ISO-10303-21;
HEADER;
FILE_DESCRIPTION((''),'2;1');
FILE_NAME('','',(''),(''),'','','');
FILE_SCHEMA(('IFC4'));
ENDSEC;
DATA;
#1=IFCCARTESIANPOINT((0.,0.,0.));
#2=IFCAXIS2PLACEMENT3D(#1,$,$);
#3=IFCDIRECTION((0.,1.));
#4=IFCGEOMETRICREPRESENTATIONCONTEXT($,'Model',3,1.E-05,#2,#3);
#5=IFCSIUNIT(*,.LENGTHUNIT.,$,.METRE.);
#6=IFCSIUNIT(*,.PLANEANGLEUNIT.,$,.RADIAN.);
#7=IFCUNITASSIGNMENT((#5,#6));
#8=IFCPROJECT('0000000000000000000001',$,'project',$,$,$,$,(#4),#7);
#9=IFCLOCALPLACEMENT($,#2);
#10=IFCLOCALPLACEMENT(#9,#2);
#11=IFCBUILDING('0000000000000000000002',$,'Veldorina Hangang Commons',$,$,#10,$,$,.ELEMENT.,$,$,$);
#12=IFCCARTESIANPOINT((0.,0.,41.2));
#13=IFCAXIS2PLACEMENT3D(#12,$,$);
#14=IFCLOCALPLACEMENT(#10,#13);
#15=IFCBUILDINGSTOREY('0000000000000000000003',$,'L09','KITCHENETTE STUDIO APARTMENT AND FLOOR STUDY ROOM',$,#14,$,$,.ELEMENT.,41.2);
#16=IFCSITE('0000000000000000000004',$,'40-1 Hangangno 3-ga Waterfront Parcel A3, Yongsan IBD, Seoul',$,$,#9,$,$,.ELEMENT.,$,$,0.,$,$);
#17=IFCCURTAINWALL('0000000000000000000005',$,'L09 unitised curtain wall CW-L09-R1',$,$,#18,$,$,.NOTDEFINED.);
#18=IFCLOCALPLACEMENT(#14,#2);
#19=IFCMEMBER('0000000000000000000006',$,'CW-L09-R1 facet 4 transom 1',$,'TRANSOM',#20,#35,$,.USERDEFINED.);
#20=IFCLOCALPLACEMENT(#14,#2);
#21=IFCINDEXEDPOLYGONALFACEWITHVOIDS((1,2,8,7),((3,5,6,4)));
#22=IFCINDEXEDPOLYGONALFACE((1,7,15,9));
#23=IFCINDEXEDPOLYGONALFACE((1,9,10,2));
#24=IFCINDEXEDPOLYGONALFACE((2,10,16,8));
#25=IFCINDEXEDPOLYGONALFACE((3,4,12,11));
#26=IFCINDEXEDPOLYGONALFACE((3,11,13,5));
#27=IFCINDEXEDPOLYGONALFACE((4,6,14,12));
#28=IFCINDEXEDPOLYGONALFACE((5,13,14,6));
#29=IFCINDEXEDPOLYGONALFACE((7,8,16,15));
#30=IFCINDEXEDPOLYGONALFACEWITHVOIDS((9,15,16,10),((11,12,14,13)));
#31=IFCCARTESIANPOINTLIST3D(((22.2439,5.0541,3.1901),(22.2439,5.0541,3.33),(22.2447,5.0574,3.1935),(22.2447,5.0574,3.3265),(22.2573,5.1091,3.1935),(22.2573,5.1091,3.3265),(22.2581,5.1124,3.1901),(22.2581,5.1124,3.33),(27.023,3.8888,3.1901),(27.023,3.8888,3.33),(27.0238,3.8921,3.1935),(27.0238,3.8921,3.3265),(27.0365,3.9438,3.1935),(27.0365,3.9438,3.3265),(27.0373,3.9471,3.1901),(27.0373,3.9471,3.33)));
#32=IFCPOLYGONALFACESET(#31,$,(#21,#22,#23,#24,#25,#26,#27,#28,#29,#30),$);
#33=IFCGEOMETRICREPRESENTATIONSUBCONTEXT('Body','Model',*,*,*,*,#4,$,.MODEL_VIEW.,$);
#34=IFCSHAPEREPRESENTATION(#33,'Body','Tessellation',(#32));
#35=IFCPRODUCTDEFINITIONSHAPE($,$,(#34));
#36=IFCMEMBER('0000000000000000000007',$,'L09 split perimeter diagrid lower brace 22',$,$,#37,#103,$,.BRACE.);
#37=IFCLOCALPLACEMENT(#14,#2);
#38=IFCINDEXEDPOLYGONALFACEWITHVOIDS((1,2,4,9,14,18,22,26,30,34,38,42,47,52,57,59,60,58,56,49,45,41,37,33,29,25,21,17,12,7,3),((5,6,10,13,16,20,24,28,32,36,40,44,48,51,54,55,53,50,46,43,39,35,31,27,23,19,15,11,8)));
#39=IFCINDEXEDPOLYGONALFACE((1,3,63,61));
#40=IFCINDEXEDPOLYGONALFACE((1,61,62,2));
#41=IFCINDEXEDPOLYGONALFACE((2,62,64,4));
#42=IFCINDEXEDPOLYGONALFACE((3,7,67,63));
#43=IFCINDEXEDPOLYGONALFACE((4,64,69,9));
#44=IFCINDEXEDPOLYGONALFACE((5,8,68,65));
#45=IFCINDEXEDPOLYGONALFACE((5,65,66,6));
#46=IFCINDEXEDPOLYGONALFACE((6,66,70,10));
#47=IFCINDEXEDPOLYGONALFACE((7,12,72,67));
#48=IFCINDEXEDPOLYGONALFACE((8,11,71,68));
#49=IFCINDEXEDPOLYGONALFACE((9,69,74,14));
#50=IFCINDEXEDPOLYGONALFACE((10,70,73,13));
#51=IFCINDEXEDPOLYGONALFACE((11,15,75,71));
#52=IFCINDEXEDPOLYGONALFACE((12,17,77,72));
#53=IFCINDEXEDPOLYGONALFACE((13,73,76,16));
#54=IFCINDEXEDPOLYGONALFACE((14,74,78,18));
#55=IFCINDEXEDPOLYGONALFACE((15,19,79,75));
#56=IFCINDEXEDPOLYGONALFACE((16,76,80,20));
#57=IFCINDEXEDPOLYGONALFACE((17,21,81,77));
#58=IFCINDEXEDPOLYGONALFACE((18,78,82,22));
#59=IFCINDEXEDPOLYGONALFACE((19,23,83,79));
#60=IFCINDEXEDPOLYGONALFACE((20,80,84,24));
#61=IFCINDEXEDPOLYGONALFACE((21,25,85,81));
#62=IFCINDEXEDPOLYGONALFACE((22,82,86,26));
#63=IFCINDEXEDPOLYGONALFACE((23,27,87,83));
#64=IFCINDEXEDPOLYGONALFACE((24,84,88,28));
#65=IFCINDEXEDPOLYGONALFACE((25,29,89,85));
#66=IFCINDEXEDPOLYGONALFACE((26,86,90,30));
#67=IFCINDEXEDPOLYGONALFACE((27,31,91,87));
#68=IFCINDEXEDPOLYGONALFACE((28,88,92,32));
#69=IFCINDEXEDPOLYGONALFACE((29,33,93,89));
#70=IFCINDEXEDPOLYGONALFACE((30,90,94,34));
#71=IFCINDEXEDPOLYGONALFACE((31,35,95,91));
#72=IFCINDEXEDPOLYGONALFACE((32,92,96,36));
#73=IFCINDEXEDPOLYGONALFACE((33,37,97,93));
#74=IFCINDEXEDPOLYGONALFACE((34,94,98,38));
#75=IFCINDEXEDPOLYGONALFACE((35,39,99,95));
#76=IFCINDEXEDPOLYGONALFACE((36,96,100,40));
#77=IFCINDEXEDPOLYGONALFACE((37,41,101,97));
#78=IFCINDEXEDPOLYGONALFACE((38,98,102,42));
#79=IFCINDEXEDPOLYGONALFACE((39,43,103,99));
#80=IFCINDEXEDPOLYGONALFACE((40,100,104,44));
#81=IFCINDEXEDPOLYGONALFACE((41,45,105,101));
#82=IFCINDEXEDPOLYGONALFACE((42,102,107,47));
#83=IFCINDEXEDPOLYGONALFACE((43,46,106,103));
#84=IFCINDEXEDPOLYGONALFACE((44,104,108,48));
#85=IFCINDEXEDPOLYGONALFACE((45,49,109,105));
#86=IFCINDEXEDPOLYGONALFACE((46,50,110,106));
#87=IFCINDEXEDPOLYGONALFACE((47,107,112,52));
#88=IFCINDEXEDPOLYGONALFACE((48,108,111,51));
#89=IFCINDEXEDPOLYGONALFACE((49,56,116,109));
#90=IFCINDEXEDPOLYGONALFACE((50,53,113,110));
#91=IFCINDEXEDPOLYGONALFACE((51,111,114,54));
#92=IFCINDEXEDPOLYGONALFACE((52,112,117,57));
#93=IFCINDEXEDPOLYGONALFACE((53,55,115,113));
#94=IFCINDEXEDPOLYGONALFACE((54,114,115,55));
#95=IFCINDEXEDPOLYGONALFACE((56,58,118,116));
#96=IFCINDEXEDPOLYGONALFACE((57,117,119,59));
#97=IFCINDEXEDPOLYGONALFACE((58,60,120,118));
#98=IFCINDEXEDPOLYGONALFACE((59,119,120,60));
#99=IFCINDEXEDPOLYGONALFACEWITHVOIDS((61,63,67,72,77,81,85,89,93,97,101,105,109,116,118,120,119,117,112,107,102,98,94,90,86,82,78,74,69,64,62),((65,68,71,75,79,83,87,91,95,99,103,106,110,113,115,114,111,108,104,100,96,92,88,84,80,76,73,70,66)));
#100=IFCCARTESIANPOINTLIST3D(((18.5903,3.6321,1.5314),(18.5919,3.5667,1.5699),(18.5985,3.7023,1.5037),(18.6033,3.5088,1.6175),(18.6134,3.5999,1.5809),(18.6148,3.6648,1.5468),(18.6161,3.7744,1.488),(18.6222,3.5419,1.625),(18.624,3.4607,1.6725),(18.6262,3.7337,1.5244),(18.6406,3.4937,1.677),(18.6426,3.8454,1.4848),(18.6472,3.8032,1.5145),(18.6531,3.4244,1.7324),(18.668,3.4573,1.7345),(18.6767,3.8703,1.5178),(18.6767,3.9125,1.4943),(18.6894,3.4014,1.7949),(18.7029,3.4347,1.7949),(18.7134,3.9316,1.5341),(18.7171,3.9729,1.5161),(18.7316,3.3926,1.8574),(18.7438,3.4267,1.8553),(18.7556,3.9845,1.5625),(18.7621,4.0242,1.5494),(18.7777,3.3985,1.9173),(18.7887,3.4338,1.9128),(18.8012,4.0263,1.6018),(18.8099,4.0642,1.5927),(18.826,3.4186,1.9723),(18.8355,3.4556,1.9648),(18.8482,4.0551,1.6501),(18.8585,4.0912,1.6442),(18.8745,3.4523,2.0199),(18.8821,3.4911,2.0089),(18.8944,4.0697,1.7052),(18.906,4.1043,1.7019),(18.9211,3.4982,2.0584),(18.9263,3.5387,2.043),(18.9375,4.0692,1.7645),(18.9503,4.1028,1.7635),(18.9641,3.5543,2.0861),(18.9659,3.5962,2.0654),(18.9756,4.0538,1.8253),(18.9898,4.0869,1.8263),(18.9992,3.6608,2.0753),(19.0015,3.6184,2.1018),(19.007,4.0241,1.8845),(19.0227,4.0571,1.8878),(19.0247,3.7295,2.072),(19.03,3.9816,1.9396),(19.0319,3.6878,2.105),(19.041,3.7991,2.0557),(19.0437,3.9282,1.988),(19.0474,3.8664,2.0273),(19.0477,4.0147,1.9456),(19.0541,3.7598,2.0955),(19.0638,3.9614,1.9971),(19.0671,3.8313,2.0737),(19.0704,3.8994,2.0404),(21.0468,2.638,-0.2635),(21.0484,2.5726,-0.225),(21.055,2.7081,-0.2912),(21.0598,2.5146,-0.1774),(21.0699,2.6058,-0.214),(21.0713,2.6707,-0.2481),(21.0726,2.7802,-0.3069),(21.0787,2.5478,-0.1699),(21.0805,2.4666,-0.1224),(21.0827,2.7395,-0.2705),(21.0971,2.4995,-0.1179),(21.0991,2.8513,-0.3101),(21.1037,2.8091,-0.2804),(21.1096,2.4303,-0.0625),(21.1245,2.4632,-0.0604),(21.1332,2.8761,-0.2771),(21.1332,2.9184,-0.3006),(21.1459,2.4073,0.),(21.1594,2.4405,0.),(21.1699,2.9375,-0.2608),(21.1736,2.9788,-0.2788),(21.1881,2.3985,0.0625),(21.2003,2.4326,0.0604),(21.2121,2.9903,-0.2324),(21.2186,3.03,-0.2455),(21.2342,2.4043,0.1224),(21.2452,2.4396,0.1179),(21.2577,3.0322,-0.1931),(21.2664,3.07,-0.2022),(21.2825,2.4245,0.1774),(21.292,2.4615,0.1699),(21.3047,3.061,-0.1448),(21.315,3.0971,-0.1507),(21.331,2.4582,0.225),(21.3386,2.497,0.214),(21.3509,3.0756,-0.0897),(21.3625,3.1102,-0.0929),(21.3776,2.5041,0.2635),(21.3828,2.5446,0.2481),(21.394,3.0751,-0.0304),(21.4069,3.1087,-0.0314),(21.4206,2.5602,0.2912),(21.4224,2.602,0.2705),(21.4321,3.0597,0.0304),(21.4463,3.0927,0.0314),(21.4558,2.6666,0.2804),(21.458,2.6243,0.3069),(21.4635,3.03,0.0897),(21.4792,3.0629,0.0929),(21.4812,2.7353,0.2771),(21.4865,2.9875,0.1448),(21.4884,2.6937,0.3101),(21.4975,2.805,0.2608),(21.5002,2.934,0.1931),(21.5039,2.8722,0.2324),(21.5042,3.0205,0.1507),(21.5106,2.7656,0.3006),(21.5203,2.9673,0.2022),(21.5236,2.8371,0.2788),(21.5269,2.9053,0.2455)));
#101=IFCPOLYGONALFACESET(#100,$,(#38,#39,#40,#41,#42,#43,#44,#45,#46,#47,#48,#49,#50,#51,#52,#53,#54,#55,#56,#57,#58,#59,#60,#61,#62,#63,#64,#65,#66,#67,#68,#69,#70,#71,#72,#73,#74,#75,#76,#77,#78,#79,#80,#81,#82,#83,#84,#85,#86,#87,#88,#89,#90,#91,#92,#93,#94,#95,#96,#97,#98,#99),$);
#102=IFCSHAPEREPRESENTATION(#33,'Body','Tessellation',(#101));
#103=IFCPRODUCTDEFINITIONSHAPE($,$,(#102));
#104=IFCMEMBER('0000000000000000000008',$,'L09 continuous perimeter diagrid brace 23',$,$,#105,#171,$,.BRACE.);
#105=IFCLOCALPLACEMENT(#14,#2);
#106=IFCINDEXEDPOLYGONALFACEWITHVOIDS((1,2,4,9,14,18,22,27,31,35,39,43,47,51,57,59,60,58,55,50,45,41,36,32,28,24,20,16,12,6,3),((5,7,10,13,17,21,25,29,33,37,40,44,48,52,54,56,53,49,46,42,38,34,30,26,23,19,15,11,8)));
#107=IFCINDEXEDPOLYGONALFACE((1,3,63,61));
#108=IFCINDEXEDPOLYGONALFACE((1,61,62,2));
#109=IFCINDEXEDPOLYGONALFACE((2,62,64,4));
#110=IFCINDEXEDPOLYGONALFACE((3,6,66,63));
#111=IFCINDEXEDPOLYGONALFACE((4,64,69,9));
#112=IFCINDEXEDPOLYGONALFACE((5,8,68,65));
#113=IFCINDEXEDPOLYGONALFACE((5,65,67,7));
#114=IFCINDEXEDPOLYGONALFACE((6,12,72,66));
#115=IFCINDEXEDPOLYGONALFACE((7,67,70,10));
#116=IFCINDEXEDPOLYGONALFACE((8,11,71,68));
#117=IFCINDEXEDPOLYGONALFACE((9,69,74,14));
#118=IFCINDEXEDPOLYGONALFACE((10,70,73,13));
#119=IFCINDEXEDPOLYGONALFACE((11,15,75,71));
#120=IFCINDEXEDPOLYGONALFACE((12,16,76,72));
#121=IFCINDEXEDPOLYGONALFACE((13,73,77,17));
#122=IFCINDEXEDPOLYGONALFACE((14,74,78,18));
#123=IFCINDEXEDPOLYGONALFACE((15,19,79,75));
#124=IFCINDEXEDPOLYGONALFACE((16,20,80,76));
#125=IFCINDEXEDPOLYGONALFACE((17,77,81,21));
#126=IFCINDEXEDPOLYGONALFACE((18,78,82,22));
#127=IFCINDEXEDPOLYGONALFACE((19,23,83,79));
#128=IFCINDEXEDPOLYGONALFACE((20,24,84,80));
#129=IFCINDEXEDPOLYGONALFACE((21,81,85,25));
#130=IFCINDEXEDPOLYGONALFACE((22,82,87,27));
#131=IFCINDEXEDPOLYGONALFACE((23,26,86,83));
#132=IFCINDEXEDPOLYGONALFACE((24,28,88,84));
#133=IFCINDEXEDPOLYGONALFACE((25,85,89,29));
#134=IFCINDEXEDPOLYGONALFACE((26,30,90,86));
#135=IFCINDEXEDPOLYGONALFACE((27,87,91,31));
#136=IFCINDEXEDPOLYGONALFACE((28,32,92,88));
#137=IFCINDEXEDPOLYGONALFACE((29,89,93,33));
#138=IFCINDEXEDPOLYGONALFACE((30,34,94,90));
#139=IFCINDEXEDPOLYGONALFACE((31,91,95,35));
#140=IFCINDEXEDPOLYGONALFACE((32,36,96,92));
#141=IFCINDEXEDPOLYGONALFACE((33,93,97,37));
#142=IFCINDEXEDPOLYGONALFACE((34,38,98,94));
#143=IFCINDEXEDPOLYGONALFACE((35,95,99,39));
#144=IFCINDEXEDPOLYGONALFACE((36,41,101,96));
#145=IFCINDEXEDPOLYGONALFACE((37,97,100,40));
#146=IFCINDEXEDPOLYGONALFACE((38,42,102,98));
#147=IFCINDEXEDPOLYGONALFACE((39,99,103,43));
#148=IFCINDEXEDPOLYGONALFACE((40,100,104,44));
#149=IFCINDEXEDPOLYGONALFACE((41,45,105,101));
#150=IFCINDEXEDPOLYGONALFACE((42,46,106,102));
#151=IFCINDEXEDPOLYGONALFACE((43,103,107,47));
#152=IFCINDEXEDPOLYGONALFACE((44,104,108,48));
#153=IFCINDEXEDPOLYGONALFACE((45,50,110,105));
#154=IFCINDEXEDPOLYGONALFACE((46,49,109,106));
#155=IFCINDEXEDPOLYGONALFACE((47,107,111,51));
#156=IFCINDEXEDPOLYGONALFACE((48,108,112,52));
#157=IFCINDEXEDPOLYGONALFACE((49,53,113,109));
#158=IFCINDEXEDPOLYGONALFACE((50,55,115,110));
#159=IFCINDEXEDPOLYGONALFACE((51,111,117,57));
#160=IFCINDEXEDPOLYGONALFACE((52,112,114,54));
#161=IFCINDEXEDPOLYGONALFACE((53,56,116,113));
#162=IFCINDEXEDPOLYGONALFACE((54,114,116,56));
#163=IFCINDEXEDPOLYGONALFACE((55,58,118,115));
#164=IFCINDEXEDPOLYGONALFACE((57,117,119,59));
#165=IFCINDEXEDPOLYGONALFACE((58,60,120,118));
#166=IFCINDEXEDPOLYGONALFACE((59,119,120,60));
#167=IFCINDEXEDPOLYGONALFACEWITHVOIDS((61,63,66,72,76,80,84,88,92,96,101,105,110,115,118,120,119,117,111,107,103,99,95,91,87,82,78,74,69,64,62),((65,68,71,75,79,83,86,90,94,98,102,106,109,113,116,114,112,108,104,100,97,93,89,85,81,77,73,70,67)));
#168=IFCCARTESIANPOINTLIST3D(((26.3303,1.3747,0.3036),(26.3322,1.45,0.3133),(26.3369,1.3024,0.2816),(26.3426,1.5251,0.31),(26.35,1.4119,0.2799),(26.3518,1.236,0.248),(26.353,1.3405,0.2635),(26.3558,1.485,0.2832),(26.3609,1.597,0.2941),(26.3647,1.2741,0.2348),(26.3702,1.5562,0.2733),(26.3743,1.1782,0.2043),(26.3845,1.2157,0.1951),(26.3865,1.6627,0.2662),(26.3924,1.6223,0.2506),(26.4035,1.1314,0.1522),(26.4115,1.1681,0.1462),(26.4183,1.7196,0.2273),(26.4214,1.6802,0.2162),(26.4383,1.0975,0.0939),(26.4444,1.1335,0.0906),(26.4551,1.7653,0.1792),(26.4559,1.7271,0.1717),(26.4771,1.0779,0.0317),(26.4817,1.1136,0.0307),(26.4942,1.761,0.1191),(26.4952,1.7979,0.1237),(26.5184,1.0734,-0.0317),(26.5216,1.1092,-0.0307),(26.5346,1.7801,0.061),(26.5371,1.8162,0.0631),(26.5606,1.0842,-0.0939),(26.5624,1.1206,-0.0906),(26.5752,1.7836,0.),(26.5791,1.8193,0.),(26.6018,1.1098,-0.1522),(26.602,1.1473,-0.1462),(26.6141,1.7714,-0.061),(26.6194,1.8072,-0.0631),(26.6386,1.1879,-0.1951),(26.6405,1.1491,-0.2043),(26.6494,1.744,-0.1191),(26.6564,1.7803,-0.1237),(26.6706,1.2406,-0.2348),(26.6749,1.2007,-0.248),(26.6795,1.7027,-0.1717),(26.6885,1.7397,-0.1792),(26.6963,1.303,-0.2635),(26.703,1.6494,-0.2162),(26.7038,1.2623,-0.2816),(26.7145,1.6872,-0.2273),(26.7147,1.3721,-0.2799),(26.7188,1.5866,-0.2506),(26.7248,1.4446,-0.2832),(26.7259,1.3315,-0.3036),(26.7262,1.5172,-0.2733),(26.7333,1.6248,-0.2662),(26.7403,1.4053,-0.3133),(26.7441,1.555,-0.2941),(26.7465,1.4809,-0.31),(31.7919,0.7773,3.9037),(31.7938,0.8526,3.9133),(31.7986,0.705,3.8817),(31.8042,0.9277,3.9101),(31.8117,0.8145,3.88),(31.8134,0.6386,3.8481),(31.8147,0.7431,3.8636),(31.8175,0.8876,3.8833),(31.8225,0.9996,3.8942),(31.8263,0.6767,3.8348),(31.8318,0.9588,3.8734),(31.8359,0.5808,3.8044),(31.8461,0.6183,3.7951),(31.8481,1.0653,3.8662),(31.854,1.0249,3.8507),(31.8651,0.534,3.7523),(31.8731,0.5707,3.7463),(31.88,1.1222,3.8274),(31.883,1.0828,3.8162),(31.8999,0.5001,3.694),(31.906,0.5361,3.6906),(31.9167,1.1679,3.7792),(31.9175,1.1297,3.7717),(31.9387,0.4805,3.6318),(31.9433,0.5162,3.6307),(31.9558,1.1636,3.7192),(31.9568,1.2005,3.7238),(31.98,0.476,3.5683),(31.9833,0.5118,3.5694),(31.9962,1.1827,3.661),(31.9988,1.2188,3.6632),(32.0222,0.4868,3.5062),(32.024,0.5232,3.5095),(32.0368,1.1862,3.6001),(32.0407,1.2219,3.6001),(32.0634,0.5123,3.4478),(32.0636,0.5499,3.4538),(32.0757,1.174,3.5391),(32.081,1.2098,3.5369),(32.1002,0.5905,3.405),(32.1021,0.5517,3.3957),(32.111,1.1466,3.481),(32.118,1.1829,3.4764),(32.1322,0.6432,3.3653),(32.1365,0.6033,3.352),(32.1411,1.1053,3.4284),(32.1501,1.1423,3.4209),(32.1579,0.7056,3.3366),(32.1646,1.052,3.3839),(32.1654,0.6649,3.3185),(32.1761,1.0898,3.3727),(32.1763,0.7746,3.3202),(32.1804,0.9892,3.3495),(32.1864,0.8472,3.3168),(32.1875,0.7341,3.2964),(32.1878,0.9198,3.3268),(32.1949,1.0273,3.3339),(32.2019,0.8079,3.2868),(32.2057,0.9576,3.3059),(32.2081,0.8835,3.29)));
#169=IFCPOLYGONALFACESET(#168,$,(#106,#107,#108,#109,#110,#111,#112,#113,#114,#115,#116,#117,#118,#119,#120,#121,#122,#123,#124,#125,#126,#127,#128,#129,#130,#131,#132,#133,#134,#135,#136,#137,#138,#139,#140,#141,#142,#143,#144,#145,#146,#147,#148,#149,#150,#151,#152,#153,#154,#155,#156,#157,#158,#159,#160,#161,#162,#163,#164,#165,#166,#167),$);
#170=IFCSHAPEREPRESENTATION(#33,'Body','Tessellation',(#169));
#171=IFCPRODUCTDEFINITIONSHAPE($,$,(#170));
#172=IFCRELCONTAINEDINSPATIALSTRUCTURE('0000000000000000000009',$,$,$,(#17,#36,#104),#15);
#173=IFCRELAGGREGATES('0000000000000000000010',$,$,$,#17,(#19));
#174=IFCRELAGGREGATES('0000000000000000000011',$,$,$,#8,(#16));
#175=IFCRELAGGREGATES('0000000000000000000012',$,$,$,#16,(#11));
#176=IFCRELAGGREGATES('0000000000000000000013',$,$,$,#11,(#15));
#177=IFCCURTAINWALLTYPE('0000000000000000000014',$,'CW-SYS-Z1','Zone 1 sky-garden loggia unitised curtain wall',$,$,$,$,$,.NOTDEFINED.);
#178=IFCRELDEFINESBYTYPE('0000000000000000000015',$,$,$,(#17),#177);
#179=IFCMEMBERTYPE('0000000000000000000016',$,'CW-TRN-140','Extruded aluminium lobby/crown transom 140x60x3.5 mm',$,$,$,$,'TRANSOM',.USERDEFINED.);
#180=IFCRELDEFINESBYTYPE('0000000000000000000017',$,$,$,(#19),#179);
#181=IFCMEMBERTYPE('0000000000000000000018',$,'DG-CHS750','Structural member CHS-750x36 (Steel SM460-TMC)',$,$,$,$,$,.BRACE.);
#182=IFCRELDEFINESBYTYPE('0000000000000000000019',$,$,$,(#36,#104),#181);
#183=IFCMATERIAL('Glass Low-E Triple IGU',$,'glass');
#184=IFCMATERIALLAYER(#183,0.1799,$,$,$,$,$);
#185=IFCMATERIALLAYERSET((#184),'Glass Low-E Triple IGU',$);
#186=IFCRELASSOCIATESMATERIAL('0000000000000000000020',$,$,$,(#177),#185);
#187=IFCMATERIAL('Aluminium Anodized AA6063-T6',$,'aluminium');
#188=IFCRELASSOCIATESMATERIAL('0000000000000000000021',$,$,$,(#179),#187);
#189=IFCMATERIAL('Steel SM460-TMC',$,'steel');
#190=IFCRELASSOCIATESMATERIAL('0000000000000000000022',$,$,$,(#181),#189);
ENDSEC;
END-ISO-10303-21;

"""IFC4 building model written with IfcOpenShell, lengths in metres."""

from ifc_helpers import new_model, si_unit, direction, frame, origin, origin_2d, place, context, subcontext, project, spatial, hollow_rectangle, hollow_circle, extrude, material, layer, layer_set, material_profile, profile_set, type_object, element, aggregate, save


model = new_model("IFC4")

# Units and contexts
model_context = context("Model", 3, precision=1e-05, world=origin(), true_north=direction((0.0, 1.0)))
body_context = subcontext(model_context, "Body", "Model", "MODEL_VIEW")
ifc_project = project(units=[si_unit("LENGTHUNIT", "METRE"), si_unit("PLANEANGLEUNIT", "RADIAN")], contexts=[model_context])

# Site, building, storey
site_placement = place(None, origin())
site = spatial("IfcSite", under=ifc_project, at=site_placement, Name="40-1 Hangangno 3-ga Waterfront Parcel A3, Yongsan IBD, Seoul", CompositionType="ELEMENT", RefElevation=0.0)
building_placement = place(site_placement, origin())
building = spatial("IfcBuilding", under=site, at=building_placement, Name="Veldorina Hangang Commons", CompositionType="ELEMENT")
storey_placement = place(building_placement, frame((0.0, 0.0, 41.2)))
storey = spatial("IfcBuildingStorey", under=building, at=storey_placement, Name="L09", Description="KITCHENETTE STUDIO APARTMENT AND FLOOR STUDY ROOM", CompositionType="ELEMENT", Elevation=41.2)

# Shared definitions
ifc_material_1 = material(Name="Steel SM460-TMC", Category="steel")

# Curtain wall, member
ifc_material_2 = material(Name="Glass Low-E Triple IGU", Category="glass")
ifc_layer_1 = layer(ifc_material_2, 0.1799)
ifc_layer_set_1 = layer_set([ifc_layer_1], Name="Glass Low-E Triple IGU")
curtain_wall_type = type_object("IfcCurtainWallType", Name="CW-SYS-Z1", Description="Zone 1 sky-garden loggia unitised curtain wall", PredefinedType="NOTDEFINED", material=ifc_layer_set_1)
curtain_wall_placement = place(storey_placement, origin())
curtain_wall = element("IfcCurtainWall", 1, at=curtain_wall_placement, inside=storey, type_object=curtain_wall_type, Name="L09 unitised curtain wall CW-L09-R1", PredefinedType="NOTDEFINED")
ifc_material_3 = material(Name="Aluminium Anodized AA6063-T6", Category="aluminium")
ifc_material_profile_1 = material_profile(ifc_material_3, hollow_rectangle(XDim=0.0601, YDim=0.1399, WallThickness=0.0034, at=origin_2d()), Name="ALU-RHS-140x60x3.5")
ifc_profile_set_1 = profile_set([ifc_material_profile_1], Name="Aluminium Anodized AA6063-T6")
member_type_1 = type_object("IfcMemberType", Name="CW-TRN-140", Description="Extruded aluminium lobby/crown transom 140x60x3.5 mm", ElementType="TRANSOM", PredefinedType="USERDEFINED", material=ifc_profile_set_1)
member_1_placement = place(storey_placement, frame((22.251, 5.0833, 3.26), z_axis=(0.971536, -0.236891, 0.0), x_axis=(0.236891, 0.971536, 0.0)))
member_1 = element("IfcMember", 2, at=member_1_placement, type_object=member_type_1, Name="CW-L09-R1 facet 4 transom 1", ObjectType="TRANSOM", PredefinedType="USERDEFINED", context=body_context, shape_type="SweptSolid", body=[
    extrude(hollow_rectangle(XDim=0.0601, YDim=0.1399, WallThickness=0.0034, at=origin_2d()), origin(), (0.0, 0.0, 1.0), 4.9192),
])

# Members
ifc_material_profile_2 = material_profile(ifc_material_1, hollow_circle(Radius=0.375, WallThickness=0.0359, at=origin_2d()), Name="CHS-750x36")
ifc_profile_set_2 = profile_set([ifc_material_profile_2], Name="Steel SM460-TMC")
member_type_2 = type_object("IfcMemberType", Name="DG-CHS750", Description="Structural member CHS-750x36 (Steel SM460-TMC)", PredefinedType="BRACE", material=ifc_profile_set_2)
member_2_placement = place(storey_placement, frame((21.2866, 2.7549, 0.0), z_axis=(-0.767495, 0.310598, 0.560785), x_axis=(-0.375136, -0.92697, 0.0)))
element("IfcMember", 3, at=member_2_placement, inside=storey, type_object=member_type_2, Name="L09 split perimeter diagrid lower brace 22", PredefinedType="BRACE", context=body_context, shape_type="SweptSolid", body=[
    extrude(hollow_circle(Radius=0.375, WallThickness=0.0359, at=origin_2d()), origin(), (0.0, 0.0, 1.0), 3.2007),
])
member_3_placement = place(storey_placement, frame((26.5383, 1.4465, 0.0), z_axis=(0.831473, -0.090949, 0.548071), x_axis=(0.108734, 0.994071, 0.0)))
element("IfcMember", 4, at=member_3_placement, inside=storey, type_object=member_type_2, Name="L09 continuous perimeter diagrid brace 23", PredefinedType="BRACE", context=body_context, shape_type="SweptSolid", body=[
    extrude(hollow_circle(Radius=0.375, WallThickness=0.0359, at=origin_2d()), origin(), (0.0, 0.0, 1.0), 6.5686),
])

aggregate(curtain_wall, [member_1])

save(model, "model.ifc")
